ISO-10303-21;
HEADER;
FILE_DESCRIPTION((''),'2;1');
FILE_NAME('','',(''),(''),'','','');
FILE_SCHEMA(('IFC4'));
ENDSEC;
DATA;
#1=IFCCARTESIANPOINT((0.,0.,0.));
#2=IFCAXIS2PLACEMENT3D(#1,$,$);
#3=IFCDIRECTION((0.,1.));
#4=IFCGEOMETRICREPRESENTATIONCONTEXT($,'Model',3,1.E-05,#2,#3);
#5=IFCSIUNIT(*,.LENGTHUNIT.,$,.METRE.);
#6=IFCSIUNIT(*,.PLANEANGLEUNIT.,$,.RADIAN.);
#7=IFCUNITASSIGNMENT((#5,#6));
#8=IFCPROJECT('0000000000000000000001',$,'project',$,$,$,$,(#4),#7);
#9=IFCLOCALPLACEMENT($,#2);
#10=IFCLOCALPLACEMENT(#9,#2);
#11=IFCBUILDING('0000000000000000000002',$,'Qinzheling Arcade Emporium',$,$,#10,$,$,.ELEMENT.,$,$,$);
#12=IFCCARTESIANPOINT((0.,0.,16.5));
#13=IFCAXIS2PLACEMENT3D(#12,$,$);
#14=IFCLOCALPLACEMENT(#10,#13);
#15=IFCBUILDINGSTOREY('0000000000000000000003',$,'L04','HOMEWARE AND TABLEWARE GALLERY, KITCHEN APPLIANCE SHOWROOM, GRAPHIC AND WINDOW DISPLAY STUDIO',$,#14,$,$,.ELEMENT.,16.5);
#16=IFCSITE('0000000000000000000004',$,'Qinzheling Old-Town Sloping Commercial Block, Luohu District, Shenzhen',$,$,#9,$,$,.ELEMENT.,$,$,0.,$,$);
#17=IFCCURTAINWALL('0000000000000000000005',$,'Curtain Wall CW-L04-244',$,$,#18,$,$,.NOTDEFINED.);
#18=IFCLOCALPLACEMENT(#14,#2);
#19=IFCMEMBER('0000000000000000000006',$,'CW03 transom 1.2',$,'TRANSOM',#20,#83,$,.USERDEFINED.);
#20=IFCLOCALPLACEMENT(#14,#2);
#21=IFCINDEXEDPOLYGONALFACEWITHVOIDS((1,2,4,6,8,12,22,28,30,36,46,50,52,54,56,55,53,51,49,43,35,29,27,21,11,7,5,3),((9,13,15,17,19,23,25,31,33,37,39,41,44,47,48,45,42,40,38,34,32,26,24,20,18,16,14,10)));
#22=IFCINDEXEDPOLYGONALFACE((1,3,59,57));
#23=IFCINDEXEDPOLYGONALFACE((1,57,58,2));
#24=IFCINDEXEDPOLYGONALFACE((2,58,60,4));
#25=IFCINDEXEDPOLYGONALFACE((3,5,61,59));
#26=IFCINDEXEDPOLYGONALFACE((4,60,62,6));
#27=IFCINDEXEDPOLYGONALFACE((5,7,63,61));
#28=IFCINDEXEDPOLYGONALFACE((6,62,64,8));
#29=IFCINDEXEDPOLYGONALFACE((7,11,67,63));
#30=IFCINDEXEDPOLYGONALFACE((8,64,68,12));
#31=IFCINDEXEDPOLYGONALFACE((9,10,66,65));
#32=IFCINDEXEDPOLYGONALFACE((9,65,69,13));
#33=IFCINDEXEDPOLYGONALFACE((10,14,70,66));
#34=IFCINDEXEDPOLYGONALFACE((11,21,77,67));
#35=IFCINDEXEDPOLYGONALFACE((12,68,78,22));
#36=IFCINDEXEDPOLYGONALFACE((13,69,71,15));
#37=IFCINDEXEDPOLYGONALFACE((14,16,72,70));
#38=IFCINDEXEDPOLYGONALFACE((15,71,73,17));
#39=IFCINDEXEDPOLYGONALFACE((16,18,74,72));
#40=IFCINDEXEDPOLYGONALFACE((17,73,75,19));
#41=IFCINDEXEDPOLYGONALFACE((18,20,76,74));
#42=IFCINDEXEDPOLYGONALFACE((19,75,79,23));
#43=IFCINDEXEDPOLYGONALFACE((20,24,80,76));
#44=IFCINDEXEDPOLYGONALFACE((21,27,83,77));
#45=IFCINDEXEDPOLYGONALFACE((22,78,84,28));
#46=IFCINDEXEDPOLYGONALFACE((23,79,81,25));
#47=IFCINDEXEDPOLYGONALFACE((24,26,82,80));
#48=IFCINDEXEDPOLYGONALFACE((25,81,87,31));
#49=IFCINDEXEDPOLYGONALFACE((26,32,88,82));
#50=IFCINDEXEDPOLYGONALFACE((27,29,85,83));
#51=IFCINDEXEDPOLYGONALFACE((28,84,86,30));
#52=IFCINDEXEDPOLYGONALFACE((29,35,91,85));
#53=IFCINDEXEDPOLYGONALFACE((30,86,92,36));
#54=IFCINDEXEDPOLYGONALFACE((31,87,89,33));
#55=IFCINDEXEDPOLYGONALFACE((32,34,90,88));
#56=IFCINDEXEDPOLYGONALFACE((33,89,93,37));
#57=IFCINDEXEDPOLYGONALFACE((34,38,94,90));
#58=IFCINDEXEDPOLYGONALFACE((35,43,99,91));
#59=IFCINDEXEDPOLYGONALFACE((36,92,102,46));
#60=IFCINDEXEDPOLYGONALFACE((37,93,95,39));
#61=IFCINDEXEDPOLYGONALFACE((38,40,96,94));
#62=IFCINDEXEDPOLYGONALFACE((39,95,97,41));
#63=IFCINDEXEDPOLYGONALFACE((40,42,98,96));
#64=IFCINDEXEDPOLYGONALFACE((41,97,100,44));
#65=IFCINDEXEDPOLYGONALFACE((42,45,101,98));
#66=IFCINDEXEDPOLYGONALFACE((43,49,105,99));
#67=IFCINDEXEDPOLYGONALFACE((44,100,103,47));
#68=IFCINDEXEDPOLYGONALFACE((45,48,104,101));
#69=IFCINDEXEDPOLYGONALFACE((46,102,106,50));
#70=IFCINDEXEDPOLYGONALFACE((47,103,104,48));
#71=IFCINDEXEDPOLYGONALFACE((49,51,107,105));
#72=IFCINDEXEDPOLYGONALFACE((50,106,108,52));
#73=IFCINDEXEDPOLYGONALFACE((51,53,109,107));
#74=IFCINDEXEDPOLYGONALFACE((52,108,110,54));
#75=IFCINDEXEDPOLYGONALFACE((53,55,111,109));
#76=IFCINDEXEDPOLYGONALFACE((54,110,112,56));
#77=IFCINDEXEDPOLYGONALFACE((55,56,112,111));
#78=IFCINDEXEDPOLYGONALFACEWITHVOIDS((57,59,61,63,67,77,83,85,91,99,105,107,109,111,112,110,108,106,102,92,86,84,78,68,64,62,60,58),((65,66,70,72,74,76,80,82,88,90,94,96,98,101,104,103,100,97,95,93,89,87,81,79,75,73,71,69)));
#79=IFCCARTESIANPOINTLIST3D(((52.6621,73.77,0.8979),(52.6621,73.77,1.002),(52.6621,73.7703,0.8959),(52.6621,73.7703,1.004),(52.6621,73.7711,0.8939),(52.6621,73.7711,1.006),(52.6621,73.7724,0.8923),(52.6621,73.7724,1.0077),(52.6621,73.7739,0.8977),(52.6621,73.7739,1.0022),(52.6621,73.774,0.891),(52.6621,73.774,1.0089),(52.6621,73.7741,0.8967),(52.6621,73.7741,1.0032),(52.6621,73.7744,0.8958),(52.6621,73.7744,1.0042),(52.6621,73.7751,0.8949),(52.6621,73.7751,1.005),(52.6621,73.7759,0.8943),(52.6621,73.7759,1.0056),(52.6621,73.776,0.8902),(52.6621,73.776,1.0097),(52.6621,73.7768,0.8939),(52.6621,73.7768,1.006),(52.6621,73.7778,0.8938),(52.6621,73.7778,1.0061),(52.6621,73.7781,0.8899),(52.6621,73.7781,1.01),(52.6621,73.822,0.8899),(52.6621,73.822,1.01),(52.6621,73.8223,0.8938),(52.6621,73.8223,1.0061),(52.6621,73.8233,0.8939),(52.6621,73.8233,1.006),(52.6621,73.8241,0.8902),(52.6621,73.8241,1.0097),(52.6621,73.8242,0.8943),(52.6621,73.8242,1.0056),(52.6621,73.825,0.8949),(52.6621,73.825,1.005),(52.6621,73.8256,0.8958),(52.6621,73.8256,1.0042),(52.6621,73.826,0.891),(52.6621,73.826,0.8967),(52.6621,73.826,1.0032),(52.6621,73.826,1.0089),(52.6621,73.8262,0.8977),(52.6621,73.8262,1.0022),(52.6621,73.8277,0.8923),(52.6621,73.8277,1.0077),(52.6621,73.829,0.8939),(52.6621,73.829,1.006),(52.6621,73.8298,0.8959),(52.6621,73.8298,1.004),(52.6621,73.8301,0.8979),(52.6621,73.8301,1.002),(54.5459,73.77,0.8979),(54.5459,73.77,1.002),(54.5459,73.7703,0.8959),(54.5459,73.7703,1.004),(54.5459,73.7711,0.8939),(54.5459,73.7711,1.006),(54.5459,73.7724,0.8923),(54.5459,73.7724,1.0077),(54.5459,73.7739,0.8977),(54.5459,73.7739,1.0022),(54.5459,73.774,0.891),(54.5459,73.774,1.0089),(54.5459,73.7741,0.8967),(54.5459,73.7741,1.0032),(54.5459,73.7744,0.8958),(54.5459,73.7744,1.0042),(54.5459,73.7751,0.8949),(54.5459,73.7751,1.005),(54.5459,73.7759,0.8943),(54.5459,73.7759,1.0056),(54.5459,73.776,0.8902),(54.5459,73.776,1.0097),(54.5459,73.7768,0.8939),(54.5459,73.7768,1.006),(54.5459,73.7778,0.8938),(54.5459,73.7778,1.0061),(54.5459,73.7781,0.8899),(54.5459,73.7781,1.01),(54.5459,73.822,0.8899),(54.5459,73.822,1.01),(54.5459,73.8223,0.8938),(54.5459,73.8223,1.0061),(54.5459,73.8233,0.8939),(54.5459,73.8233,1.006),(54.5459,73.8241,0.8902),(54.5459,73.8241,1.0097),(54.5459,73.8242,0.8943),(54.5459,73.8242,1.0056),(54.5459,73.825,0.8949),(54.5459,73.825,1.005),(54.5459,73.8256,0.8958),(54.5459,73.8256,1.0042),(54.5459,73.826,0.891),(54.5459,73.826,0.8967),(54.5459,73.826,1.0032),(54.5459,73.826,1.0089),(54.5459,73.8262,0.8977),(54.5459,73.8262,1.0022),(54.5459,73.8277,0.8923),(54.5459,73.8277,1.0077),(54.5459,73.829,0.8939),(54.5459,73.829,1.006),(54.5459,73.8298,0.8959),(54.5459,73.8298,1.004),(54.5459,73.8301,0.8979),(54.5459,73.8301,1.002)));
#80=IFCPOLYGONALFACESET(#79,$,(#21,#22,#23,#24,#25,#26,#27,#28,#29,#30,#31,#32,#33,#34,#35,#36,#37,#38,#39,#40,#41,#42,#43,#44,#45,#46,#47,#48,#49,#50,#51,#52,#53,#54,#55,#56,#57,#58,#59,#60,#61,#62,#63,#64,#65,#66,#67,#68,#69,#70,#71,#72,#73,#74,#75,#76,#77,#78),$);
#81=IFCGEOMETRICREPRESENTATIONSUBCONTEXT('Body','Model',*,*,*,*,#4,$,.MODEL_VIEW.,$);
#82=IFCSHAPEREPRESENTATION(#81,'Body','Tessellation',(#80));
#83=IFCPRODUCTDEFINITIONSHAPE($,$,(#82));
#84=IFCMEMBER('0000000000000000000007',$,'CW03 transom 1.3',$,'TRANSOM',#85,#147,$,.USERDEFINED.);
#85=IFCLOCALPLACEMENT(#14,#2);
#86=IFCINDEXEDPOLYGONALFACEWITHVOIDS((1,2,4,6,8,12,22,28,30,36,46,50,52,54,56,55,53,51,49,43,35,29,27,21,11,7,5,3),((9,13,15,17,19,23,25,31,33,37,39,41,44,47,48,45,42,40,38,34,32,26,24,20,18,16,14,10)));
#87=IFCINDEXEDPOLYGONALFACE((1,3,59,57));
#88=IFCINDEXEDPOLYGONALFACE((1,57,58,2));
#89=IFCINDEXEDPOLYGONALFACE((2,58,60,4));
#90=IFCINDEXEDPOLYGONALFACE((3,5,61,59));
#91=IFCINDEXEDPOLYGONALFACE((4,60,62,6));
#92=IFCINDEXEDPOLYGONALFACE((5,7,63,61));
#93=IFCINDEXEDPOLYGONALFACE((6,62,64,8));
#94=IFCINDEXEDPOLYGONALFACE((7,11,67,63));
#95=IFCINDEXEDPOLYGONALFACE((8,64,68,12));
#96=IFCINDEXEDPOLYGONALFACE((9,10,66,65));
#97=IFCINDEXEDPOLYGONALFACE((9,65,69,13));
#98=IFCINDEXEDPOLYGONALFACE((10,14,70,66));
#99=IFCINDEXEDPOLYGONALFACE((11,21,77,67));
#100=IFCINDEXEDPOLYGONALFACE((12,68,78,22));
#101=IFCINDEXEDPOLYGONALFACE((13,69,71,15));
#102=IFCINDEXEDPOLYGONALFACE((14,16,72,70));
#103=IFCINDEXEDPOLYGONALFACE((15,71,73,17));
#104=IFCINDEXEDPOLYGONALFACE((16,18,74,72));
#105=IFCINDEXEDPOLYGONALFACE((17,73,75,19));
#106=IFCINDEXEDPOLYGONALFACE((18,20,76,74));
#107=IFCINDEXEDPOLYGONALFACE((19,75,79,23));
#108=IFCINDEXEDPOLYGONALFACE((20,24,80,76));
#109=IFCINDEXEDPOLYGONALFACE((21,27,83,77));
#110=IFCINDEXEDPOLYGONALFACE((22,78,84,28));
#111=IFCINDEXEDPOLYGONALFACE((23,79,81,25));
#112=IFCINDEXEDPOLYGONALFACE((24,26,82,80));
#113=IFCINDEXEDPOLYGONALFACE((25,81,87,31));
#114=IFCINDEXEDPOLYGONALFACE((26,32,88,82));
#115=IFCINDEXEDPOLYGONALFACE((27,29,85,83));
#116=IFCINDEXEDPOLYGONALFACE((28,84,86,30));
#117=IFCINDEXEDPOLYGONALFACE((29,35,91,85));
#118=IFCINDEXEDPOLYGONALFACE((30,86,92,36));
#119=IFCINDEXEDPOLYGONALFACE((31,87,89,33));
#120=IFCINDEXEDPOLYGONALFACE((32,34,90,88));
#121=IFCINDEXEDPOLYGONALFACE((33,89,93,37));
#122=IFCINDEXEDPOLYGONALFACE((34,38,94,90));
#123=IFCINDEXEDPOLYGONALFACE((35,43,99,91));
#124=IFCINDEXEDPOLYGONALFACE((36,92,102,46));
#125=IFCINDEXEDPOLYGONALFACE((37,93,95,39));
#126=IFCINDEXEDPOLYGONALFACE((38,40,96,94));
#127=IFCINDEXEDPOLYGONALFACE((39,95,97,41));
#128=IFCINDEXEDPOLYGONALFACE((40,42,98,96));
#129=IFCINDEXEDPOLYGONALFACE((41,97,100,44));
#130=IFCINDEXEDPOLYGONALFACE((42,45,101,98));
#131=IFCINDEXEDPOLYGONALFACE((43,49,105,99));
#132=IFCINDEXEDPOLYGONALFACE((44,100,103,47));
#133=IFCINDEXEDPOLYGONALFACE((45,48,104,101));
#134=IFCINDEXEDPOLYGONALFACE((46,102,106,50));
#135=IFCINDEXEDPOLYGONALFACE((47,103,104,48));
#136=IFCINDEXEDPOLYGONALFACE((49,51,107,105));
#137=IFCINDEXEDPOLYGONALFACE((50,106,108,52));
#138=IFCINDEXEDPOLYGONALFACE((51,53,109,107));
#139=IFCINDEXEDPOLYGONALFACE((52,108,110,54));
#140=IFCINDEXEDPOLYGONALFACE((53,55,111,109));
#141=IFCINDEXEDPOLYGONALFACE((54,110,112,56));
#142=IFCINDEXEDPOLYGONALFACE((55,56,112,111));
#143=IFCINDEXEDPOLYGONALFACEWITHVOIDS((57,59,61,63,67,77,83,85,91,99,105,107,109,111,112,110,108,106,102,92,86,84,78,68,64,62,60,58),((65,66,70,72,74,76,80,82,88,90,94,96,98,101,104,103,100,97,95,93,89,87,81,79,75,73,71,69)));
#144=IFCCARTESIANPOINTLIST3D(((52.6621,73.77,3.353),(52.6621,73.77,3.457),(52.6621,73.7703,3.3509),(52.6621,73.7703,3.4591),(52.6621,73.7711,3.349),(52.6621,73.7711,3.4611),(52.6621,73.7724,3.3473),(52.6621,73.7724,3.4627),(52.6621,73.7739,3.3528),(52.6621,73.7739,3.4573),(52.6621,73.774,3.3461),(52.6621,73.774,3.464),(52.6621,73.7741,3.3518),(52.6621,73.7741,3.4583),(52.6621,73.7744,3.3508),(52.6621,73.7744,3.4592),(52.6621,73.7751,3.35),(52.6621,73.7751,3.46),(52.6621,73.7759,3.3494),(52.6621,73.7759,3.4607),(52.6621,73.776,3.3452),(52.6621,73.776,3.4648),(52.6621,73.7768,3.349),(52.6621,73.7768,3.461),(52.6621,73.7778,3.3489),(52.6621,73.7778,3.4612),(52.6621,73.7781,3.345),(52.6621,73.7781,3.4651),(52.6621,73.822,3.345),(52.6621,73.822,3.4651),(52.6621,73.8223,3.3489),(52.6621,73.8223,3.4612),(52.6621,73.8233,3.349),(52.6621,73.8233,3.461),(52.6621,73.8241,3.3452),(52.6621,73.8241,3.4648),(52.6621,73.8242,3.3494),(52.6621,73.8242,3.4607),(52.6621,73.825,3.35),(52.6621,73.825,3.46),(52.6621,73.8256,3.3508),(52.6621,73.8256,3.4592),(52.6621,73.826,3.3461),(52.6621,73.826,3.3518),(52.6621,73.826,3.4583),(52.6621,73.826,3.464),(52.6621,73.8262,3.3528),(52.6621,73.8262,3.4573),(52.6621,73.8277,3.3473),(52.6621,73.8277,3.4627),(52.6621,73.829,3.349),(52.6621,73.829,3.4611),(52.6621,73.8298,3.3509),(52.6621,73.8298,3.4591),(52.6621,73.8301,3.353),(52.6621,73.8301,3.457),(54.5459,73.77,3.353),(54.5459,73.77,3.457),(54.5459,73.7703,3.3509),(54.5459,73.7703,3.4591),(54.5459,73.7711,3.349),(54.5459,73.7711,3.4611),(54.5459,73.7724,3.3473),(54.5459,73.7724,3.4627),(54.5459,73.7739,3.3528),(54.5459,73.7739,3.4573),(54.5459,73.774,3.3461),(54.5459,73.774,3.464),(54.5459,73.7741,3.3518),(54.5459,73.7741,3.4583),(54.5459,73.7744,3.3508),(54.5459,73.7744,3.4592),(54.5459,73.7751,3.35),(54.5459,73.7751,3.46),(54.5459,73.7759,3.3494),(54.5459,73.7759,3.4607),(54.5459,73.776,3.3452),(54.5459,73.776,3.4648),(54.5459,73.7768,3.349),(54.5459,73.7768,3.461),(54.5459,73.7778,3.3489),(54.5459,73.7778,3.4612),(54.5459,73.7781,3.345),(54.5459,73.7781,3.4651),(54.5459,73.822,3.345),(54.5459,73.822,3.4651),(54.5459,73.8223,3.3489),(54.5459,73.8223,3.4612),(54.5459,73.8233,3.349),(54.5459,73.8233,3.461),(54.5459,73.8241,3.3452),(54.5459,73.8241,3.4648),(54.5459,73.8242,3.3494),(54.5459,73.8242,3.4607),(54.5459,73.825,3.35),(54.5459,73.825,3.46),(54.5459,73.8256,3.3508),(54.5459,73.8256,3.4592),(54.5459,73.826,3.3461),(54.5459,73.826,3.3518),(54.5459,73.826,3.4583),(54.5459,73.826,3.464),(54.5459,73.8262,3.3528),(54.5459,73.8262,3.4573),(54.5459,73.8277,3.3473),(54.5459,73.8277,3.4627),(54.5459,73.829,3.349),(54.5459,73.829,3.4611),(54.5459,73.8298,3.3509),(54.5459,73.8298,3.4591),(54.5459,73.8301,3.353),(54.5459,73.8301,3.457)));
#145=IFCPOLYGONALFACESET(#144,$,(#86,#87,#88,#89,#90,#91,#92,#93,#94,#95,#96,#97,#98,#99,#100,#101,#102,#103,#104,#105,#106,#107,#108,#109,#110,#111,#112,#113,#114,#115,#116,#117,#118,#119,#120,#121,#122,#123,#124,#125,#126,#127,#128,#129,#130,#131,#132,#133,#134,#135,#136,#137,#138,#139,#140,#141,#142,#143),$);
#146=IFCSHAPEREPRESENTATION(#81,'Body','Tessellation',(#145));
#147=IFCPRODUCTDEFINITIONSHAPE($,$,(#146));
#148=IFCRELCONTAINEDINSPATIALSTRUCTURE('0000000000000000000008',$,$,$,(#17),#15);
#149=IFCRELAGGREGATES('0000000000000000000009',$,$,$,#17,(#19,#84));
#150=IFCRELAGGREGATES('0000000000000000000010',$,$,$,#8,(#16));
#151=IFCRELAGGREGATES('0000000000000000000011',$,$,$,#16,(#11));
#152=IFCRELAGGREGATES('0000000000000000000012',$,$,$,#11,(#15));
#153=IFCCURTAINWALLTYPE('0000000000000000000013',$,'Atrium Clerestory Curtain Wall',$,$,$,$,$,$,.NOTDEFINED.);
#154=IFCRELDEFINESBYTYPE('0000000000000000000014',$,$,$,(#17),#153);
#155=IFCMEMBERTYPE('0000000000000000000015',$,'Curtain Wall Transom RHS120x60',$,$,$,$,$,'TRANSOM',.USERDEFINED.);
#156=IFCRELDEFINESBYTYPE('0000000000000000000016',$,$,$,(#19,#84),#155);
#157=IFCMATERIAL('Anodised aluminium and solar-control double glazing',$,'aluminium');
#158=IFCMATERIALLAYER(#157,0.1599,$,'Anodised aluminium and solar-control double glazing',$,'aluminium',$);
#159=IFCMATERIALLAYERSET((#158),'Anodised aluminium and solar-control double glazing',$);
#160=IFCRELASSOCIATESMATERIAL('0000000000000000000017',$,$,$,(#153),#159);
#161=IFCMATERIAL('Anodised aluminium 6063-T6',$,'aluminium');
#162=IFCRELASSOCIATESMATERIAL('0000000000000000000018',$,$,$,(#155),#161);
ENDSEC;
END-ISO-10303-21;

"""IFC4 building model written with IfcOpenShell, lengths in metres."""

from ifc_helpers import new_model, si_unit, direction, frame, origin, origin_2d, place, context, subcontext, project, spatial, hollow_rectangle, extrude, material, layer, layer_set, material_profile, profile_set, type_object, element, aggregate, save


model = new_model("IFC4")

# Units and contexts
model_context = context("Model", 3, precision=1e-05, world=origin(), true_north=direction((0.0, 1.0)))
body_context = subcontext(model_context, "Body", "Model", "MODEL_VIEW")
ifc_project = project(units=[si_unit("LENGTHUNIT", "METRE"), si_unit("PLANEANGLEUNIT", "RADIAN")], contexts=[model_context])

# Site, building, storey
site_placement = place(None, origin())
site = spatial("IfcSite", under=ifc_project, at=site_placement, Name="Qinzheling Old-Town Sloping Commercial Block, Luohu District, Shenzhen", CompositionType="ELEMENT", RefElevation=0.0)
building_placement = place(site_placement, origin())
building = spatial("IfcBuilding", under=site, at=building_placement, Name="Qinzheling Arcade Emporium", CompositionType="ELEMENT")
storey_placement = place(building_placement, frame((0.0, 0.0, 16.5)))
storey = spatial("IfcBuildingStorey", under=building, at=storey_placement, Name="L04", Description="HOMEWARE AND TABLEWARE GALLERY, KITCHEN APPLIANCE SHOWROOM, GRAPHIC AND WINDOW DISPLAY STUDIO", CompositionType="ELEMENT", Elevation=16.5)

# Shared definitions
ifc_material_1 = material(Name="Anodised aluminium and solar-control double glazing", Category="aluminium")
ifc_layer_1 = layer(ifc_material_1, 0.1599, Name="Anodised aluminium and solar-control double glazing", Category="aluminium")
ifc_layer_set_1 = layer_set([ifc_layer_1], Name="Anodised aluminium and solar-control double glazing")
curtain_wall_type = type_object("IfcCurtainWallType", Name="Atrium Clerestory Curtain Wall", PredefinedType="NOTDEFINED", material=ifc_layer_set_1)
ifc_material_2 = material(Name="Anodised aluminium 6063-T6", Category="aluminium")

# Curtain wall, members
curtain_wall_1_placement = place(storey_placement, origin())
curtain_wall_1 = element("IfcCurtainWall", 1, at=curtain_wall_1_placement, inside=storey, type_object=curtain_wall_type, Name="Curtain Wall CW-L04-244", PredefinedType="NOTDEFINED")
ifc_material_profile_1 = material_profile(ifc_material_2, hollow_rectangle(XDim=0.0601, YDim=0.1201, WallThickness=0.0039, InnerFilletRadius=0.0039, OuterFilletRadius=0.0081, at=origin_2d()), Name="RHS 120x60x4", Category="aluminium")
ifc_profile_set_1 = profile_set([ifc_material_profile_1], Name="Anodised aluminium 6063-T6")
member_type_1 = type_object("IfcMemberType", Name="Curtain Wall Transom RHS120x60", ElementType="TRANSOM", PredefinedType="USERDEFINED", material=ifc_profile_set_1)
member_1_placement = place(storey_placement, frame((52.6621, 73.8, 0.95), z_axis=(1.0, 0.0, 0.0), x_axis=(0.0, 1.0, 0.0)))
member_1 = element("IfcMember", 2, at=member_1_placement, type_object=member_type_1, Name="CW03 transom 1.2", ObjectType="TRANSOM", PredefinedType="USERDEFINED", context=body_context, shape_type="SweptSolid", body=[
    extrude(hollow_rectangle(XDim=0.0601, YDim=0.1201, WallThickness=0.0039, InnerFilletRadius=0.0039, OuterFilletRadius=0.0081, at=origin_2d()), origin(), (0.0, 0.0, 1.0), 1.8838),
])
member_2_placement = place(storey_placement, frame((52.6621, 73.8, 3.405), z_axis=(1.0, 0.0, 0.0), x_axis=(0.0, 1.0, 0.0)))
member_2 = element("IfcMember", 3, at=member_2_placement, type_object=member_type_1, Name="CW03 transom 1.3", ObjectType="TRANSOM", PredefinedType="USERDEFINED", context=body_context, shape_type="SweptSolid", body=[
    extrude(hollow_rectangle(XDim=0.0601, YDim=0.1201, WallThickness=0.0039, InnerFilletRadius=0.0039, OuterFilletRadius=0.0081, at=origin_2d()), origin(), (0.0, 0.0, 1.0), 1.8838),
])

aggregate(curtain_wall_1, [member_1, member_2])

save(model, "model.ifc")
